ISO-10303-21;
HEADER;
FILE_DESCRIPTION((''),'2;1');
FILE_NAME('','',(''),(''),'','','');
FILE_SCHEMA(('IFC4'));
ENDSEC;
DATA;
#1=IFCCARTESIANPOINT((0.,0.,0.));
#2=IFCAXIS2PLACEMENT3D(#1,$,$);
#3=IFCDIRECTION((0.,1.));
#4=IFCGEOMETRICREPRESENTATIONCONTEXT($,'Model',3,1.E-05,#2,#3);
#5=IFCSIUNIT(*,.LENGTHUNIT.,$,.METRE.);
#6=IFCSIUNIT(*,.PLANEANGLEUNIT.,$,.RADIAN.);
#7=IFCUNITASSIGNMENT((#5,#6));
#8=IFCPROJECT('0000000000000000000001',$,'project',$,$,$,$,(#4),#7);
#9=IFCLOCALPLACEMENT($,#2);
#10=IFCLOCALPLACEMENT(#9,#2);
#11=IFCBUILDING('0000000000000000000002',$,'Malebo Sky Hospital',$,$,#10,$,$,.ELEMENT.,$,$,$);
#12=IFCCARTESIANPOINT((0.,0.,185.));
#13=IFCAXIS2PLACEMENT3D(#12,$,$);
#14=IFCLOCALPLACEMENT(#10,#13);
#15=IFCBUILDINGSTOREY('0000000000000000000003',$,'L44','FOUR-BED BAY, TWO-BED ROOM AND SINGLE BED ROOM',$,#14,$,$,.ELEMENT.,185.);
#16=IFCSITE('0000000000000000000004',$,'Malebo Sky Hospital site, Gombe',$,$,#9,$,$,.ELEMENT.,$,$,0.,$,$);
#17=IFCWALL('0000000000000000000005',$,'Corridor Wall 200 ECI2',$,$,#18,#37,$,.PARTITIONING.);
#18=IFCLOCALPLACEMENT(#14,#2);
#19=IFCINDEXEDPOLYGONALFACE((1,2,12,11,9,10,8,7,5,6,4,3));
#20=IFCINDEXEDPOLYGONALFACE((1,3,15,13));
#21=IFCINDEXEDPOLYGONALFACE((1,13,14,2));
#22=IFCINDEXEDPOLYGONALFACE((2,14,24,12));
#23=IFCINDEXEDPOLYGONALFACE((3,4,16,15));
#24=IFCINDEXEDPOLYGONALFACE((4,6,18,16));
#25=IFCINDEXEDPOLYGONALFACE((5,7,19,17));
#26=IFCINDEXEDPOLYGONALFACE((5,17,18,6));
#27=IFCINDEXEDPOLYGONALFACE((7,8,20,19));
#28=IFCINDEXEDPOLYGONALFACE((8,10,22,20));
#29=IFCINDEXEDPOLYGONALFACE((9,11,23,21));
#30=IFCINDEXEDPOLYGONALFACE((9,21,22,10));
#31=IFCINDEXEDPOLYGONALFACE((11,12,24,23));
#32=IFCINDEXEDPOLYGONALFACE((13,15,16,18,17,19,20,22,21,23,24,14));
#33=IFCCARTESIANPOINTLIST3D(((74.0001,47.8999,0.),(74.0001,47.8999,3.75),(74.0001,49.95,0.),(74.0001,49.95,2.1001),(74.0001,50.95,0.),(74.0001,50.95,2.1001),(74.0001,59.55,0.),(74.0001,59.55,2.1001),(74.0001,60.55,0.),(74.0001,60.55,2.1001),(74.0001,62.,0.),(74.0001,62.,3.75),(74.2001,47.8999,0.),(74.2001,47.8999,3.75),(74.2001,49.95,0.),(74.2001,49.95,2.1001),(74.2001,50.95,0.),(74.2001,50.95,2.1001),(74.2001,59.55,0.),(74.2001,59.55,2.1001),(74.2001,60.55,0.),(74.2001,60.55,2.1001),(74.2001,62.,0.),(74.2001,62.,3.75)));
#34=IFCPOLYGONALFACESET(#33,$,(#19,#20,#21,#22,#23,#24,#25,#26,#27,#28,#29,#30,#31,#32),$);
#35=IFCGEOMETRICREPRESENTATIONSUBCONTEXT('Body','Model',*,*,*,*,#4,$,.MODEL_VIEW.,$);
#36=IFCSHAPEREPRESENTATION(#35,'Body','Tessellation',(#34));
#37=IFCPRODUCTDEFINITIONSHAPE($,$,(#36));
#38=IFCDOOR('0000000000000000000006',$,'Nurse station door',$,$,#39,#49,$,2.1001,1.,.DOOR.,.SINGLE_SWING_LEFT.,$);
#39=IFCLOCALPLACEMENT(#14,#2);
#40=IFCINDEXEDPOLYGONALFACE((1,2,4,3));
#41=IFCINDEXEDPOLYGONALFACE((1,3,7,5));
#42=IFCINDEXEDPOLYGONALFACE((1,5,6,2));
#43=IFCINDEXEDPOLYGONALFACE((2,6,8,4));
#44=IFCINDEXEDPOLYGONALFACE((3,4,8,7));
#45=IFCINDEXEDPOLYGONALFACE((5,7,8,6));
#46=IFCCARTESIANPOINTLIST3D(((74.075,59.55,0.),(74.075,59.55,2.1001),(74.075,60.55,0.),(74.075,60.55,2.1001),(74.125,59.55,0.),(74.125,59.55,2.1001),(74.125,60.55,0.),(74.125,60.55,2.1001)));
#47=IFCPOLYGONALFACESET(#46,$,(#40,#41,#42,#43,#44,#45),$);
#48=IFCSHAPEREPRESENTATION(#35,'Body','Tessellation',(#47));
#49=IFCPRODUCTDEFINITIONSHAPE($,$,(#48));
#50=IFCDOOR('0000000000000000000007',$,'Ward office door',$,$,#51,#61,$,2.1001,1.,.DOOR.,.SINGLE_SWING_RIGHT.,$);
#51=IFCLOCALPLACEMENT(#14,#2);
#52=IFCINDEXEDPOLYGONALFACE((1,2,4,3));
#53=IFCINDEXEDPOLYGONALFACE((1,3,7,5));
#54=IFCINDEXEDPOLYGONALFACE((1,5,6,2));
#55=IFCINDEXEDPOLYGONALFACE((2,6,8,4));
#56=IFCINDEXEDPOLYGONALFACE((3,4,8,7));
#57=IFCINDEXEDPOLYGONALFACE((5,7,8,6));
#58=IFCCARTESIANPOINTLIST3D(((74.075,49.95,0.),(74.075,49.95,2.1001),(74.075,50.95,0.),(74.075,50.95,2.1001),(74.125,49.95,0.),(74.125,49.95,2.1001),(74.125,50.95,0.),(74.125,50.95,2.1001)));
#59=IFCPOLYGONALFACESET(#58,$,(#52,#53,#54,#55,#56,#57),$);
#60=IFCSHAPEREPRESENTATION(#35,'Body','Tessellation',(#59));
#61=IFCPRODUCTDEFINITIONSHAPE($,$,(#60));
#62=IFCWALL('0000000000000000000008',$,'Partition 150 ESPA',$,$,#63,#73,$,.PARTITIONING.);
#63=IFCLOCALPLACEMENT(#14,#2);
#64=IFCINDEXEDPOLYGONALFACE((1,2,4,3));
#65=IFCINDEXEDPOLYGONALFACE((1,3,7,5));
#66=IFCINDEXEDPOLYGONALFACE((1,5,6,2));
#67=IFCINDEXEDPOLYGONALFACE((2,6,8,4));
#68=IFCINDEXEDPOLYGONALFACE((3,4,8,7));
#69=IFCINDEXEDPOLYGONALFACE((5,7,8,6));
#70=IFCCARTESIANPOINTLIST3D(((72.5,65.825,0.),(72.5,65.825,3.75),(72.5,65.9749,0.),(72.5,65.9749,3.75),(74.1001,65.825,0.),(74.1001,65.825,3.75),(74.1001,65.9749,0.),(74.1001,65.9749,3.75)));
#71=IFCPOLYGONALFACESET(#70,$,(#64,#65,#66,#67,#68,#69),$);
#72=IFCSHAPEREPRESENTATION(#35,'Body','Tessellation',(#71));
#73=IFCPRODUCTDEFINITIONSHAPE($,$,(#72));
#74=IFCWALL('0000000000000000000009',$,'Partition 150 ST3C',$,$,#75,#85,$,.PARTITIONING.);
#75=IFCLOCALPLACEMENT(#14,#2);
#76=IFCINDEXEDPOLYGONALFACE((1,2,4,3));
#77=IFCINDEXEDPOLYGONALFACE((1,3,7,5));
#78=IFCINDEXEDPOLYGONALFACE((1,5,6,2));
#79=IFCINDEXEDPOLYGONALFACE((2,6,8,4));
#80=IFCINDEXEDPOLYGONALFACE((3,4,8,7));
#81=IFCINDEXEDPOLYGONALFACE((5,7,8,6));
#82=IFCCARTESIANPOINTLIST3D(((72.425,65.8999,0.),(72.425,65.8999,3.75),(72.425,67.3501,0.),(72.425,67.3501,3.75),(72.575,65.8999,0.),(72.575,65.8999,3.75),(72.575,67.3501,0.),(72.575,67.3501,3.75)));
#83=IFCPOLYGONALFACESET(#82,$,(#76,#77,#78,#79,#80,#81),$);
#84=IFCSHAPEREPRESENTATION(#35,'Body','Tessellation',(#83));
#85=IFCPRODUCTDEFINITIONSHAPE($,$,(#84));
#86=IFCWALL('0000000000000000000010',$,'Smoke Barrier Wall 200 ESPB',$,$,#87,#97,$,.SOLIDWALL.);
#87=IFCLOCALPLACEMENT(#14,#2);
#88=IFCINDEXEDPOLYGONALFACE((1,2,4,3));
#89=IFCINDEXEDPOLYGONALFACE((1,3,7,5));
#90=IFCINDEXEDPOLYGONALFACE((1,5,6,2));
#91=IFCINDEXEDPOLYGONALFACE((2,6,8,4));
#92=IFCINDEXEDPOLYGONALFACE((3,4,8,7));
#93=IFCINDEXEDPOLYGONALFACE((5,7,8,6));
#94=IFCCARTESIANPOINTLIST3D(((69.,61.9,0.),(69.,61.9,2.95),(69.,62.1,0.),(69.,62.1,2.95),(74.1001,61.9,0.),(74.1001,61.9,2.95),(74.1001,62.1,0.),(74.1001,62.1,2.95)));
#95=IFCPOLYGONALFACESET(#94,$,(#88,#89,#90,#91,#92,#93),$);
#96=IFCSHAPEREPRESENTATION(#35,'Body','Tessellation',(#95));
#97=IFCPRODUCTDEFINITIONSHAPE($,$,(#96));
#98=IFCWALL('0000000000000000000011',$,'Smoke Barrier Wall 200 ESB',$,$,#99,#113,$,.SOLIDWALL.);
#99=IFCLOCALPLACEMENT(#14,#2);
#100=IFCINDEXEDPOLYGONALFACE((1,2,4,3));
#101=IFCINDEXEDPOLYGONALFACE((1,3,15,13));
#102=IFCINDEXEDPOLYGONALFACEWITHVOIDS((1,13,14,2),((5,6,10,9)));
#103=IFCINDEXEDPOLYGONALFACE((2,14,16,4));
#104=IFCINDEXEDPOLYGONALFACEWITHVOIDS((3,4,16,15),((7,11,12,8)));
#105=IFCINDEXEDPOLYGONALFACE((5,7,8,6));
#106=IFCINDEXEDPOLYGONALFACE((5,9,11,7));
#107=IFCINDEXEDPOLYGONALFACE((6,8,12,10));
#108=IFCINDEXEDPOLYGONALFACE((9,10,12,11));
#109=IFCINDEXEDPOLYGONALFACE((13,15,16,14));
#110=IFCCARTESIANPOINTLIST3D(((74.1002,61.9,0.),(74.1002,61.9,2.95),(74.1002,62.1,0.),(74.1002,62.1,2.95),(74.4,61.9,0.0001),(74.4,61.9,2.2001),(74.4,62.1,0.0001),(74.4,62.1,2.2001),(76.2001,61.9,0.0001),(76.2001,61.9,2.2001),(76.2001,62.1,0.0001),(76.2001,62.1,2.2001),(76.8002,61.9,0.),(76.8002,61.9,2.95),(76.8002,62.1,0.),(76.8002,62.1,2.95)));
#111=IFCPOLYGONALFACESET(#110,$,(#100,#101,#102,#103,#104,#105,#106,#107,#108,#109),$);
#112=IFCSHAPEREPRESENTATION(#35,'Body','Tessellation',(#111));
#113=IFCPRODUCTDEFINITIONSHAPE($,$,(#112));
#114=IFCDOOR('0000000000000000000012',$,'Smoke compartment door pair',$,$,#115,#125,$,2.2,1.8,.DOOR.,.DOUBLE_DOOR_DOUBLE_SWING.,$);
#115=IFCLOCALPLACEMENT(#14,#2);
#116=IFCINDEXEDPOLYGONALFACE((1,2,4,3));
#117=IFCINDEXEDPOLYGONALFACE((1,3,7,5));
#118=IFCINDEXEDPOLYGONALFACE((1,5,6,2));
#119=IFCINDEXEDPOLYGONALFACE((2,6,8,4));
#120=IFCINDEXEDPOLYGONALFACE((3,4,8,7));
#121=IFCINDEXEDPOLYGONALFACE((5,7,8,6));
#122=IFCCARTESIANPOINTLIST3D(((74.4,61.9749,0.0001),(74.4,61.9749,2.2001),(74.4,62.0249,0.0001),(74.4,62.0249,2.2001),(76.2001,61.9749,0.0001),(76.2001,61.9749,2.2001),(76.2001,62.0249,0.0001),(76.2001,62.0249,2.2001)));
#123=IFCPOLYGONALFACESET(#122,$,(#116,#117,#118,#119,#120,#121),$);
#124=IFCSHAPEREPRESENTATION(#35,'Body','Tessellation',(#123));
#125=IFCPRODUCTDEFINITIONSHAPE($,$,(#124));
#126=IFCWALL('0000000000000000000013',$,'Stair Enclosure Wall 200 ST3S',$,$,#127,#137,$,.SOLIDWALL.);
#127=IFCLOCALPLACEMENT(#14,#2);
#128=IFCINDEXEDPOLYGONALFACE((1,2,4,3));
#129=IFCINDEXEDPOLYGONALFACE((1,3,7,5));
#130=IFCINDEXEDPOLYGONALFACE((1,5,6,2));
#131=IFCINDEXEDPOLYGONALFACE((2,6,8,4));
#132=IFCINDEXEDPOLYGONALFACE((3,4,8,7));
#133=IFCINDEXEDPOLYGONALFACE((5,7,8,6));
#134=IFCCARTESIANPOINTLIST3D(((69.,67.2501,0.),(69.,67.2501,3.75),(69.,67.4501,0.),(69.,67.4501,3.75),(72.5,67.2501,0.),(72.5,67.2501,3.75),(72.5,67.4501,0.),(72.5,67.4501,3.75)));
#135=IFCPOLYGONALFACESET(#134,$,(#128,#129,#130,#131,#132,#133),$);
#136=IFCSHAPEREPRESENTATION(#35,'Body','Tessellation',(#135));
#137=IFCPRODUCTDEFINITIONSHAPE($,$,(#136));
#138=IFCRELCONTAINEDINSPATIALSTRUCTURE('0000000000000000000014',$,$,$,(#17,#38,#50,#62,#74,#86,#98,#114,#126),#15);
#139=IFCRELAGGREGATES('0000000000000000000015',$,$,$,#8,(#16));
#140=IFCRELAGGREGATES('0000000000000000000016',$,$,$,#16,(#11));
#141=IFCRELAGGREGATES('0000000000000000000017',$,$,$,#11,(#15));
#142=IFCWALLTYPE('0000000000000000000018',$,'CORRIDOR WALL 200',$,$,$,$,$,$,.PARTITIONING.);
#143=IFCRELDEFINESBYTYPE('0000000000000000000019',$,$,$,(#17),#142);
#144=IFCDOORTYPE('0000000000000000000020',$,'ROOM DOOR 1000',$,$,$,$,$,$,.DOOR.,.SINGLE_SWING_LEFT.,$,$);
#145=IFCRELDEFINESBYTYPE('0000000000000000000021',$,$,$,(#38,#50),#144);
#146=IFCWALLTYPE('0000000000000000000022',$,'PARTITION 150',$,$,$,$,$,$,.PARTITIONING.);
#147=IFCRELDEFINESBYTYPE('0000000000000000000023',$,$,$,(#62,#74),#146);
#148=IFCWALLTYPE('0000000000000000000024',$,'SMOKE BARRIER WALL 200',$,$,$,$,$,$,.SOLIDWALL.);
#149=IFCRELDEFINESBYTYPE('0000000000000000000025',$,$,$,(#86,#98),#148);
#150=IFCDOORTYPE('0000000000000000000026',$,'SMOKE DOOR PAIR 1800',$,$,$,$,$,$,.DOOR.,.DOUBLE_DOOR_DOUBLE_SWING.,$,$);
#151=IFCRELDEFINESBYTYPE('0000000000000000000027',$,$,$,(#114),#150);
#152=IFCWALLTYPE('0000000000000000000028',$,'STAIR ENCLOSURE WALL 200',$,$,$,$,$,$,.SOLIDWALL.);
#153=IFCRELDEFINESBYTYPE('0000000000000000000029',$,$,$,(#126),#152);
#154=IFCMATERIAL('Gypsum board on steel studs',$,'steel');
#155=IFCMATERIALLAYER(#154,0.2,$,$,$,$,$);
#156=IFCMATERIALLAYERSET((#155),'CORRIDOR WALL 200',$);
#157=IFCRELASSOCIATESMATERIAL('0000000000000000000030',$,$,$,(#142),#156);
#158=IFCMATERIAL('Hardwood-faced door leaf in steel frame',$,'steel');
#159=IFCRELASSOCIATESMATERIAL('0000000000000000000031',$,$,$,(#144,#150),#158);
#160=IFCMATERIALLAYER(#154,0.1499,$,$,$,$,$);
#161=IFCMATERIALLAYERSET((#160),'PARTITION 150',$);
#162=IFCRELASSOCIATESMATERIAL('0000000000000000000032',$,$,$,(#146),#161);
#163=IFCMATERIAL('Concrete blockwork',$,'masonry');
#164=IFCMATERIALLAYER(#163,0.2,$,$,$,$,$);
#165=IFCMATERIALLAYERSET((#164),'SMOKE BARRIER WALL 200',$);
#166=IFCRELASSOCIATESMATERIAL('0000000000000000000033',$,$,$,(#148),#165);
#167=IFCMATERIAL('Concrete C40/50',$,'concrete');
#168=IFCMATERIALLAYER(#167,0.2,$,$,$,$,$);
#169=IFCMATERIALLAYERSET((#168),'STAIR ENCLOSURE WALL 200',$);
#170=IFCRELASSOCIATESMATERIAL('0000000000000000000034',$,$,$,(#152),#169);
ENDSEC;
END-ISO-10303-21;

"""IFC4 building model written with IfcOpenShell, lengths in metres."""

from ifc_helpers import new_model, si_unit, direction, frame, frame_2d, origin, place, context, subcontext, project, spatial, rectangle, extrude, material, layer, layer_set, type_object, element, fill, save


model = new_model("IFC4")

# Units and contexts
model_context = context("Model", 3, precision=1e-05, world=origin(), true_north=direction((0.0, 1.0)))
body_context = subcontext(model_context, "Body", "Model", "MODEL_VIEW")
ifc_project = project(units=[si_unit("LENGTHUNIT", "METRE"), si_unit("PLANEANGLEUNIT", "RADIAN")], contexts=[model_context])

# Site, building, storey
site_placement = place(None, origin())
site = spatial("IfcSite", under=ifc_project, at=site_placement, Name="Malebo Sky Hospital site, Gombe", CompositionType="ELEMENT", RefElevation=0.0)
building_placement = place(site_placement, origin())
building = spatial("IfcBuilding", under=site, at=building_placement, Name="Malebo Sky Hospital", CompositionType="ELEMENT")
storey_placement = place(building_placement, frame((0.0, 0.0, 185.0)))
storey = spatial("IfcBuildingStorey", under=building, at=storey_placement, Name="L44", Description="FOUR-BED BAY, TWO-BED ROOM AND SINGLE BED ROOM", CompositionType="ELEMENT", Elevation=185.0)

# Wall, openings, doors
ifc_material_1 = material(Name="Gypsum board on steel studs", Category="steel")
ifc_layer_1 = layer(ifc_material_1, 0.2)
ifc_layer_set_1 = layer_set([ifc_layer_1], Name="CORRIDOR WALL 200")
wall_type_1 = type_object("IfcWallType", Name="CORRIDOR WALL 200", PredefinedType="PARTITIONING", material=ifc_layer_set_1)
wall_1_placement = place(storey_placement, frame((74.1001, 62.0, 0.0), z_axis=(0.0, 0.0, 1.0), x_axis=(0.0, -1.0, 0.0)))
wall_1 = element("IfcWall", 1, at=wall_1_placement, inside=storey, type_object=wall_type_1, Name="Corridor Wall 200 ECI2", PredefinedType="PARTITIONING", context=body_context, shape_type="SweptSolid", body=[
    extrude(rectangle(XDim=14.1001, YDim=0.2, at=frame_2d((7.05, 0.0))), origin(), (0.0, 0.0, 1.0), 3.75),
])
opening_1_placement = place(wall_1_placement, frame((1.45, 0.0, 0.0)))
opening_1 = element("IfcOpeningElement", 2, at=opening_1_placement, cuts=wall_1, PredefinedType="OPENING", context=body_context, shape_type="SweptSolid", body=[
    extrude(rectangle(XDim=1.0, YDim=2.1001, at=frame_2d((0.5, 1.05))), frame((0.0, 0.1099, 0.0), z_axis=(0.0, -1.0, 0.0), x_axis=(1.0, 0.0, 0.0)), (0.0, 0.0, 1.0), 0.22),
])
opening_2_placement = place(wall_1_placement, frame((11.05, 0.0, 0.0)))
opening_2 = element("IfcOpeningElement", 3, at=opening_2_placement, cuts=wall_1, PredefinedType="OPENING", context=body_context, shape_type="SweptSolid", body=[
    extrude(rectangle(XDim=1.0, YDim=2.1001, at=frame_2d((0.5, 1.05))), frame((0.0, 0.1099, 0.0), z_axis=(0.0, -1.0, 0.0), x_axis=(1.0, 0.0, 0.0)), (0.0, 0.0, 1.0), 0.22),
])
ifc_material_2 = material(Name="Hardwood-faced door leaf in steel frame", Category="steel")
door_type_1 = type_object("IfcDoorType", Name="ROOM DOOR 1000", OperationType="SINGLE_SWING_LEFT", PredefinedType="DOOR", material=ifc_material_2)
door_1_placement = place(opening_1_placement, origin())
door_1 = element("IfcDoor", 4, at=door_1_placement, inside=storey, type_object=door_type_1, Name="Nurse station door", OperationType="SINGLE_SWING_LEFT", OverallHeight=2.1001, OverallWidth=1.0, PredefinedType="DOOR", context=body_context, shape_type="SweptSolid", body=[
    extrude(rectangle(XDim=1.0, YDim=2.1001, at=frame_2d((0.5, 1.05))), frame((0.0, 0.0249, 0.0), z_axis=(0.0, -1.0, 0.0), x_axis=(1.0, 0.0, 0.0)), (0.0, 0.0, 1.0), 0.05),
])
fill(opening_1, door_1)
door_2_placement = place(opening_2_placement, origin())
door_2 = element("IfcDoor", 5, at=door_2_placement, inside=storey, type_object=door_type_1, Name="Ward office door", OperationType="SINGLE_SWING_RIGHT", OverallHeight=2.1001, OverallWidth=1.0, PredefinedType="DOOR", context=body_context, shape_type="SweptSolid", body=[
    extrude(rectangle(XDim=1.0, YDim=2.1001, at=frame_2d((0.5, 1.05))), frame((0.0, 0.0249, 0.0), z_axis=(0.0, -1.0, 0.0), x_axis=(1.0, 0.0, 0.0)), (0.0, 0.0, 1.0), 0.05),
])
fill(opening_2, door_2)

# Walls
ifc_layer_2 = layer(ifc_material_1, 0.1499)
ifc_layer_set_2 = layer_set([ifc_layer_2], Name="PARTITION 150")
wall_type_2 = type_object("IfcWallType", Name="PARTITION 150", PredefinedType="PARTITIONING", material=ifc_layer_set_2)
wall_2_placement = place(storey_placement, frame((72.5, 65.8999, 0.0), z_axis=(0.0, 0.0, 1.0), x_axis=(1.0, 0.0, 0.0)))
element("IfcWall", 6, at=wall_2_placement, inside=storey, type_object=wall_type_2, Name="Partition 150 ESPA", PredefinedType="PARTITIONING", context=body_context, shape_type="SweptSolid", body=[
    extrude(rectangle(XDim=1.6001, YDim=0.1499, at=frame_2d((0.8, 0.0))), origin(), (0.0, 0.0, 1.0), 3.75),
])
wall_3_placement = place(storey_placement, frame((72.5, 65.8999, 0.0), z_axis=(0.0, 0.0, 1.0), x_axis=(0.0, 1.0, 0.0)))
element("IfcWall", 7, at=wall_3_placement, inside=storey, type_object=wall_type_2, Name="Partition 150 ST3C", PredefinedType="PARTITIONING", context=body_context, shape_type="SweptSolid", body=[
    extrude(rectangle(XDim=1.4502, YDim=0.1499, at=frame_2d((0.7251, 0.0))), origin(), (0.0, 0.0, 1.0), 3.75),
])
ifc_material_3 = material(Name="Concrete blockwork", Category="masonry")
ifc_layer_3 = layer(ifc_material_3, 0.2)
ifc_layer_set_3 = layer_set([ifc_layer_3], Name="SMOKE BARRIER WALL 200")
wall_type_3 = type_object("IfcWallType", Name="SMOKE BARRIER WALL 200", PredefinedType="SOLIDWALL", material=ifc_layer_set_3)
wall_4_placement = place(storey_placement, frame((69.0, 62.0, 0.0), z_axis=(0.0, 0.0, 1.0), x_axis=(1.0, 0.0, 0.0)))
element("IfcWall", 8, at=wall_4_placement, inside=storey, type_object=wall_type_3, Name="Smoke Barrier Wall 200 ESPB", PredefinedType="SOLIDWALL", context=body_context, shape_type="SweptSolid", body=[
    extrude(rectangle(XDim=5.1001, YDim=0.2, at=frame_2d((2.55, 0.0))), origin(), (0.0, 0.0, 1.0), 2.95),
])

# Wall, opening, door
wall_5_placement = place(storey_placement, frame((74.1001, 62.0, 0.0), z_axis=(0.0, 0.0, 1.0), x_axis=(1.0, 0.0, 0.0)))
wall_5 = element("IfcWall", 9, at=wall_5_placement, inside=storey, type_object=wall_type_3, Name="Smoke Barrier Wall 200 ESB", PredefinedType="SOLIDWALL", context=body_context, shape_type="SweptSolid", body=[
    extrude(rectangle(XDim=2.7, YDim=0.2, at=frame_2d((1.3501, 0.0))), origin(), (0.0, 0.0, 1.0), 2.95),
])
opening_3_placement = place(wall_5_placement, frame((0.3, 0.0, 0.0)))
opening_3 = element("IfcOpeningElement", 10, at=opening_3_placement, cuts=wall_5, PredefinedType="OPENING", context=body_context, shape_type="SweptSolid", body=[
    extrude(rectangle(XDim=1.8, YDim=2.2, at=frame_2d((0.8999, 1.1001))), frame((0.0, 0.1099, 0.0), z_axis=(0.0, -1.0, 0.0), x_axis=(1.0, 0.0, 0.0)), (0.0, 0.0, 1.0), 0.22),
])
door_type_2 = type_object("IfcDoorType", Name="SMOKE DOOR PAIR 1800", OperationType="DOUBLE_DOOR_DOUBLE_SWING", PredefinedType="DOOR", material=ifc_material_2)
door_3_placement = place(opening_3_placement, origin())
door_3 = element("IfcDoor", 11, at=door_3_placement, inside=storey, type_object=door_type_2, Name="Smoke compartment door pair", OperationType="DOUBLE_DOOR_DOUBLE_SWING", OverallHeight=2.2, OverallWidth=1.8, PredefinedType="DOOR", context=body_context, shape_type="SweptSolid", body=[
    extrude(rectangle(XDim=1.8, YDim=2.2, at=frame_2d((0.8999, 1.1001))), frame((0.0, 0.0249, 0.0), z_axis=(0.0, -1.0, 0.0), x_axis=(1.0, 0.0, 0.0)), (0.0, 0.0, 1.0), 0.05),
])
fill(opening_3, door_3)

# Wall
ifc_material_4 = material(Name="Concrete C40/50", Category="concrete")
ifc_layer_4 = layer(ifc_material_4, 0.2)
ifc_layer_set_4 = layer_set([ifc_layer_4], Name="STAIR ENCLOSURE WALL 200")
wall_type_4 = type_object("IfcWallType", Name="STAIR ENCLOSURE WALL 200", PredefinedType="SOLIDWALL", material=ifc_layer_set_4)
wall_6_placement = place(storey_placement, frame((69.0, 67.3501, 0.0), z_axis=(0.0, 0.0, 1.0), x_axis=(1.0, 0.0, 0.0)))
element("IfcWall", 12, at=wall_6_placement, inside=storey, type_object=wall_type_4, Name="Stair Enclosure Wall 200 ST3S", PredefinedType="SOLIDWALL", context=body_context, shape_type="SweptSolid", body=[
    extrude(rectangle(XDim=3.5, YDim=0.2, at=frame_2d((1.75, 0.0))), origin(), (0.0, 0.0, 1.0), 3.75),
])

save(model, "model.ifc")
